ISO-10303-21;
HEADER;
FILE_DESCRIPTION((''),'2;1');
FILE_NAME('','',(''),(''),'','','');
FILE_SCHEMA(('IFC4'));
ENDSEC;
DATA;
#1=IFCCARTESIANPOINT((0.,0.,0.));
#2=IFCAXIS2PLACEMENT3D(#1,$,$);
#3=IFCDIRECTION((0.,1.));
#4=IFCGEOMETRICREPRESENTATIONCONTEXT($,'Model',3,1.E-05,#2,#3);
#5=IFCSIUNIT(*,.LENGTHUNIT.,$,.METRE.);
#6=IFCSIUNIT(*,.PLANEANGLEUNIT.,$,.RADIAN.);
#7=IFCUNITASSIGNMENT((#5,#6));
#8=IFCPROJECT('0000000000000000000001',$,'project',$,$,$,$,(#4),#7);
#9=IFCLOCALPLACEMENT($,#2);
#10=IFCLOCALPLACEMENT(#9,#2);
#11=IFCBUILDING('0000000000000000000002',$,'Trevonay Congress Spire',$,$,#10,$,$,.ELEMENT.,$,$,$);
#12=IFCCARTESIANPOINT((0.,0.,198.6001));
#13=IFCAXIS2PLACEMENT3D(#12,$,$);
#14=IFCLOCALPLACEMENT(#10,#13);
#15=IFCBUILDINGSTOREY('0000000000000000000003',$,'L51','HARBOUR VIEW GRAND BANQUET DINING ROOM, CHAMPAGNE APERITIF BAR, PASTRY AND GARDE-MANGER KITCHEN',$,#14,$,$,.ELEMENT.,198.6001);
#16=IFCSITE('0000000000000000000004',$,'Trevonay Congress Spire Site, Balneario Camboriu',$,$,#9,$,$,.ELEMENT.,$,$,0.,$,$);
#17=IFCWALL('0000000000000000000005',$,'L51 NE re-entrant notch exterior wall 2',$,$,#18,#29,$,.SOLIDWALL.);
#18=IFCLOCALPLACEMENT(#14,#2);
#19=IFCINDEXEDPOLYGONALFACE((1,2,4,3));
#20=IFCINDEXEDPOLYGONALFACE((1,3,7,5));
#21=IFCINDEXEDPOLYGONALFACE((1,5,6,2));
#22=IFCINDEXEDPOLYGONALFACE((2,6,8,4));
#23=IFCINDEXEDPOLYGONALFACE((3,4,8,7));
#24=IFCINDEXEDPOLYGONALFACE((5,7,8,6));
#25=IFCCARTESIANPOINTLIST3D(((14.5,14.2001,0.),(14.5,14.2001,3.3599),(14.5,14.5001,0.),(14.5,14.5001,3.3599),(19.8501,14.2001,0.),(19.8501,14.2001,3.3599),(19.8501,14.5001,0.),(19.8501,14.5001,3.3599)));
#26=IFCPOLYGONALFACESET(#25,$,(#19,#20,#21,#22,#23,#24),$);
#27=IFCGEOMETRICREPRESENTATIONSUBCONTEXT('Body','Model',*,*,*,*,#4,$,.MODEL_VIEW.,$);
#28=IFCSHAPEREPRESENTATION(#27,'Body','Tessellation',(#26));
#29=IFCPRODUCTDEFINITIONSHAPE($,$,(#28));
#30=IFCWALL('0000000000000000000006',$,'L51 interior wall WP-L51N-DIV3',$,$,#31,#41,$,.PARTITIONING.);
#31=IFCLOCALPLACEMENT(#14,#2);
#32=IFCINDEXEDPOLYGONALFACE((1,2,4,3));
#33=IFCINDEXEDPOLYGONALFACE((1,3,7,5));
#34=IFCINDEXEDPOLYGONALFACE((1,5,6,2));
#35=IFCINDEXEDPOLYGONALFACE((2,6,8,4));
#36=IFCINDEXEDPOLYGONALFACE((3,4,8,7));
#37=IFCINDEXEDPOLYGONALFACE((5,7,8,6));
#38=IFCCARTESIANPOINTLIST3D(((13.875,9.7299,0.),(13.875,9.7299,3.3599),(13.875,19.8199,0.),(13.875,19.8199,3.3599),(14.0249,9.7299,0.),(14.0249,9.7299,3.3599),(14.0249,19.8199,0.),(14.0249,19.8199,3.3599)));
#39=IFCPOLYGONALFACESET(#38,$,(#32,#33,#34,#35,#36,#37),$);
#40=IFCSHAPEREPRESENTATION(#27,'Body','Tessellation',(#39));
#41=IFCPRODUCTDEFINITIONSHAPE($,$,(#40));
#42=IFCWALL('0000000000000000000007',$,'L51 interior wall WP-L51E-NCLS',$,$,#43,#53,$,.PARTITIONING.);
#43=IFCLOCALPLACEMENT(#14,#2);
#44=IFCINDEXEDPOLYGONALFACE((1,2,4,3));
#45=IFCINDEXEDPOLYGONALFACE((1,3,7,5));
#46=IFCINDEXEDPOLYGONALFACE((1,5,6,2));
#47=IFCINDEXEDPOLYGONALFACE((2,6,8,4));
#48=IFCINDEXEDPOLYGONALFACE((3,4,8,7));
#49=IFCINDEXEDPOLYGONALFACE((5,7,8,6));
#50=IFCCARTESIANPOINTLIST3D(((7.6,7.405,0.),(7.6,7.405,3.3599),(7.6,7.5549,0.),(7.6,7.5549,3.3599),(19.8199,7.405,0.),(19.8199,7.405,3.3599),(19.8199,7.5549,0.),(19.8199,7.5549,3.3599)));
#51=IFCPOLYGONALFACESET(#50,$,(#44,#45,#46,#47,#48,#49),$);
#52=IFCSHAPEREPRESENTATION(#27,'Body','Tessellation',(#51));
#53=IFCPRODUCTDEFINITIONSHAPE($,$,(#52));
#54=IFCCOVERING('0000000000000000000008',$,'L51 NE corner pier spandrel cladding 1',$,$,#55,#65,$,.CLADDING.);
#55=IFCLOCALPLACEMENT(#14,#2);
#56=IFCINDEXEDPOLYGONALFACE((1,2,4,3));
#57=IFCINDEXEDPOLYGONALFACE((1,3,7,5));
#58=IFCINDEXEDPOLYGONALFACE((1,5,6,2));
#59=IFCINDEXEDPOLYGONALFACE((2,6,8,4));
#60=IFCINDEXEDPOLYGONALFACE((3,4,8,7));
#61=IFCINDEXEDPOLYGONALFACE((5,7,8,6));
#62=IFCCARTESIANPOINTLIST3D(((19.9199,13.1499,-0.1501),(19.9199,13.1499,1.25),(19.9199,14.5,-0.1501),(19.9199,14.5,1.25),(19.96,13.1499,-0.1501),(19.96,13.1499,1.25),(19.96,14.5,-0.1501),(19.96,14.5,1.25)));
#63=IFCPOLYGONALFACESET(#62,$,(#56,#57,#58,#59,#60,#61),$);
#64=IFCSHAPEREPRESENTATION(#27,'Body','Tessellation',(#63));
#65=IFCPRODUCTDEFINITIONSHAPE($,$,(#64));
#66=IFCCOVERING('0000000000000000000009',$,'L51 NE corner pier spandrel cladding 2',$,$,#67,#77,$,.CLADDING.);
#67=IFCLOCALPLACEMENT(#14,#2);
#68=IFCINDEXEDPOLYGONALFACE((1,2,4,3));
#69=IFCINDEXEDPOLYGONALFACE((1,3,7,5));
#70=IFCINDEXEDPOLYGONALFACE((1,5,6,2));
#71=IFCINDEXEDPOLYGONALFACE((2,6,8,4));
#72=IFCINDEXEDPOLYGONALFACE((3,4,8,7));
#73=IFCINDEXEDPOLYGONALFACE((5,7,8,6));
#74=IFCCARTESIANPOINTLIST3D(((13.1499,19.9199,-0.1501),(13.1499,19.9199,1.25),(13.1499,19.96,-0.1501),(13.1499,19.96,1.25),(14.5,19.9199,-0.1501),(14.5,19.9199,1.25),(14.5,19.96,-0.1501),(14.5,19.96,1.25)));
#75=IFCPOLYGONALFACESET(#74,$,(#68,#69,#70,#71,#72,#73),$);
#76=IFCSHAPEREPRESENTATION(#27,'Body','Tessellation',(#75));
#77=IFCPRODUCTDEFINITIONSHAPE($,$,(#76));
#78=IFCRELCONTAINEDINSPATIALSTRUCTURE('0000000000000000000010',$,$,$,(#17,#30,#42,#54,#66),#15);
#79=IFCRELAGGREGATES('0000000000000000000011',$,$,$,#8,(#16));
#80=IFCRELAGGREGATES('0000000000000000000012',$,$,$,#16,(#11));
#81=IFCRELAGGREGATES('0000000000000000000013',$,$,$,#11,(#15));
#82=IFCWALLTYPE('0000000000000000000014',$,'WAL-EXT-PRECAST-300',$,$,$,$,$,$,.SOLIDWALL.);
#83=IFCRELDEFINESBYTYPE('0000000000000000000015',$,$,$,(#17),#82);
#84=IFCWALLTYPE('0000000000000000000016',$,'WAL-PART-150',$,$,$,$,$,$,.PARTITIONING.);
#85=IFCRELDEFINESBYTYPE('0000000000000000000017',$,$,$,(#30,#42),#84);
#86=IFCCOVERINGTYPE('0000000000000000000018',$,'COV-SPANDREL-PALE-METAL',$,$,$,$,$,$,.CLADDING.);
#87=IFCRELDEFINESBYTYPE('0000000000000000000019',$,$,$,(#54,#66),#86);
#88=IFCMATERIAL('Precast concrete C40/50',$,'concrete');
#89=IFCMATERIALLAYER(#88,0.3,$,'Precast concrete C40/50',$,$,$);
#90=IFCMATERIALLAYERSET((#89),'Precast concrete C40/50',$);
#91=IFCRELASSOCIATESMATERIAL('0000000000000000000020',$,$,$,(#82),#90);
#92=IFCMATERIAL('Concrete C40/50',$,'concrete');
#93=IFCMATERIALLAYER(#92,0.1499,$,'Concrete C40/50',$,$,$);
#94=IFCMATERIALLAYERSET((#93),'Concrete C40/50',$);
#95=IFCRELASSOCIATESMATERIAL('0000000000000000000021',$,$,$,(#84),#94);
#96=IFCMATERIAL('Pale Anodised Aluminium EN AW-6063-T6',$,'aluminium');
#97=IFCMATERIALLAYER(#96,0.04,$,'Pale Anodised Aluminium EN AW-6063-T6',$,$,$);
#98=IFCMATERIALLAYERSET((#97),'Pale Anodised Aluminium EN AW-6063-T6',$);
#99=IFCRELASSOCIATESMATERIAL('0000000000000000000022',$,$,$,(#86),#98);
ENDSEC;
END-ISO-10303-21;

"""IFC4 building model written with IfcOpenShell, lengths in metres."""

from ifc_helpers import new_model, si_unit, direction, frame, frame_2d, origin, place, context, subcontext, project, spatial, rectangle, extrude, material, layer, layer_set, type_object, element, save


model = new_model("IFC4")

# Units and contexts
model_context = context("Model", 3, precision=1e-05, world=origin(), true_north=direction((0.0, 1.0)))
body_context = subcontext(model_context, "Body", "Model", "MODEL_VIEW")
ifc_project = project(units=[si_unit("LENGTHUNIT", "METRE"), si_unit("PLANEANGLEUNIT", "RADIAN")], contexts=[model_context])

# Site, building, storey
site_placement = place(None, origin())
site = spatial("IfcSite", under=ifc_project, at=site_placement, Name="Trevonay Congress Spire Site, Balneario Camboriu", CompositionType="ELEMENT", RefElevation=0.0)
building_placement = place(site_placement, origin())
building = spatial("IfcBuilding", under=site, at=building_placement, Name="Trevonay Congress Spire", CompositionType="ELEMENT")
storey_placement = place(building_placement, frame((0.0, 0.0, 198.6001)))
storey = spatial("IfcBuildingStorey", under=building, at=storey_placement, Name="L51", Description="HARBOUR VIEW GRAND BANQUET DINING ROOM, CHAMPAGNE APERITIF BAR, PASTRY AND GARDE-MANGER KITCHEN", CompositionType="ELEMENT", Elevation=198.6001)

# Shared definitions
ifc_material_1 = material(Name="Pale Anodised Aluminium EN AW-6063-T6", Category="aluminium")

# Shared definitions
ifc_material_2 = material(Name="Precast concrete C40/50", Category="concrete")
ifc_layer_1 = layer(ifc_material_2, 0.3, Name="Precast concrete C40/50")
ifc_layer_set_1 = layer_set([ifc_layer_1], Name="Precast concrete C40/50")
wall_type_1 = type_object("IfcWallType", Name="WAL-EXT-PRECAST-300", PredefinedType="SOLIDWALL", material=ifc_layer_set_1)

# Walls
wall_1_placement = place(storey_placement, frame((19.8501, 14.3501, 0.0), z_axis=(0.0, 0.0, 1.0), x_axis=(-1.0, 0.0, 0.0)))
element("IfcWall", 1, at=wall_1_placement, inside=storey, type_object=wall_type_1, Name="L51 NE re-entrant notch exterior wall 2", PredefinedType="SOLIDWALL", context=body_context, shape_type="SweptSolid", body=[
    extrude(rectangle(XDim=5.3501, YDim=0.3, at=frame_2d((2.675, 0.0))), origin(), (0.0, 0.0, 1.0), 3.3599),
])
ifc_material_3 = material(Name="Concrete C40/50", Category="concrete")
ifc_layer_2 = layer(ifc_material_3, 0.1499, Name="Concrete C40/50")
ifc_layer_set_2 = layer_set([ifc_layer_2], Name="Concrete C40/50")
wall_type_2 = type_object("IfcWallType", Name="WAL-PART-150", PredefinedType="PARTITIONING", material=ifc_layer_set_2)
wall_2_placement = place(storey_placement, frame((13.95, 9.73, 0.0), z_axis=(0.0, 0.0, 1.0), x_axis=(0.0, 1.0, 0.0)))
element("IfcWall", 2, at=wall_2_placement, inside=storey, type_object=wall_type_2, Name="L51 interior wall WP-L51N-DIV3", PredefinedType="PARTITIONING", context=body_context, shape_type="SweptSolid", body=[
    extrude(rectangle(XDim=10.0901, YDim=0.1499, at=frame_2d((5.0449, 0.0))), origin(), (0.0, 0.0, 1.0), 3.3599),
])
wall_3_placement = place(storey_placement, frame((7.6001, 7.48, 0.0), z_axis=(0.0, 0.0, 1.0), x_axis=(1.0, 0.0, 0.0)))
element("IfcWall", 3, at=wall_3_placement, inside=storey, type_object=wall_type_2, Name="L51 interior wall WP-L51E-NCLS", PredefinedType="PARTITIONING", context=body_context, shape_type="SweptSolid", body=[
    extrude(rectangle(XDim=12.22, YDim=0.1499, at=frame_2d((6.1099, 0.0))), origin(), (0.0, 0.0, 1.0), 3.3599),
])

# Coverings
ifc_layer_3 = layer(ifc_material_1, 0.04, Name="Pale Anodised Aluminium EN AW-6063-T6")
ifc_layer_set_3 = layer_set([ifc_layer_3], Name="Pale Anodised Aluminium EN AW-6063-T6")
covering_type = type_object("IfcCoveringType", Name="COV-SPANDREL-PALE-METAL", PredefinedType="CLADDING", material=ifc_layer_set_3)
for number, where, z_axis, x_axis, name in (
    (4, (19.9399, 13.1499, -0.1501), (0.0, 0.0, 1.0), (0.0, 1.0, 0.0), "L51 NE corner pier spandrel cladding 1"),
    (5, (13.1499, 19.9399, -0.1501), (0.0, 0.0, 1.0), (1.0, 0.0, 0.0), "L51 NE corner pier spandrel cladding 2"),
):
    element("IfcCovering", number, at=place(storey_placement, frame(where, z_axis=z_axis, x_axis=x_axis)), inside=storey, type_object=covering_type, Name=name, PredefinedType="CLADDING", context=body_context, shape_type="SweptSolid", body=[
        extrude(rectangle(XDim=1.3501, YDim=0.04, at=frame_2d((0.675, 0.0))), origin(), (0.0, 0.0, 1.0), 1.4001),
    ])

save(model, "model.ifc")
